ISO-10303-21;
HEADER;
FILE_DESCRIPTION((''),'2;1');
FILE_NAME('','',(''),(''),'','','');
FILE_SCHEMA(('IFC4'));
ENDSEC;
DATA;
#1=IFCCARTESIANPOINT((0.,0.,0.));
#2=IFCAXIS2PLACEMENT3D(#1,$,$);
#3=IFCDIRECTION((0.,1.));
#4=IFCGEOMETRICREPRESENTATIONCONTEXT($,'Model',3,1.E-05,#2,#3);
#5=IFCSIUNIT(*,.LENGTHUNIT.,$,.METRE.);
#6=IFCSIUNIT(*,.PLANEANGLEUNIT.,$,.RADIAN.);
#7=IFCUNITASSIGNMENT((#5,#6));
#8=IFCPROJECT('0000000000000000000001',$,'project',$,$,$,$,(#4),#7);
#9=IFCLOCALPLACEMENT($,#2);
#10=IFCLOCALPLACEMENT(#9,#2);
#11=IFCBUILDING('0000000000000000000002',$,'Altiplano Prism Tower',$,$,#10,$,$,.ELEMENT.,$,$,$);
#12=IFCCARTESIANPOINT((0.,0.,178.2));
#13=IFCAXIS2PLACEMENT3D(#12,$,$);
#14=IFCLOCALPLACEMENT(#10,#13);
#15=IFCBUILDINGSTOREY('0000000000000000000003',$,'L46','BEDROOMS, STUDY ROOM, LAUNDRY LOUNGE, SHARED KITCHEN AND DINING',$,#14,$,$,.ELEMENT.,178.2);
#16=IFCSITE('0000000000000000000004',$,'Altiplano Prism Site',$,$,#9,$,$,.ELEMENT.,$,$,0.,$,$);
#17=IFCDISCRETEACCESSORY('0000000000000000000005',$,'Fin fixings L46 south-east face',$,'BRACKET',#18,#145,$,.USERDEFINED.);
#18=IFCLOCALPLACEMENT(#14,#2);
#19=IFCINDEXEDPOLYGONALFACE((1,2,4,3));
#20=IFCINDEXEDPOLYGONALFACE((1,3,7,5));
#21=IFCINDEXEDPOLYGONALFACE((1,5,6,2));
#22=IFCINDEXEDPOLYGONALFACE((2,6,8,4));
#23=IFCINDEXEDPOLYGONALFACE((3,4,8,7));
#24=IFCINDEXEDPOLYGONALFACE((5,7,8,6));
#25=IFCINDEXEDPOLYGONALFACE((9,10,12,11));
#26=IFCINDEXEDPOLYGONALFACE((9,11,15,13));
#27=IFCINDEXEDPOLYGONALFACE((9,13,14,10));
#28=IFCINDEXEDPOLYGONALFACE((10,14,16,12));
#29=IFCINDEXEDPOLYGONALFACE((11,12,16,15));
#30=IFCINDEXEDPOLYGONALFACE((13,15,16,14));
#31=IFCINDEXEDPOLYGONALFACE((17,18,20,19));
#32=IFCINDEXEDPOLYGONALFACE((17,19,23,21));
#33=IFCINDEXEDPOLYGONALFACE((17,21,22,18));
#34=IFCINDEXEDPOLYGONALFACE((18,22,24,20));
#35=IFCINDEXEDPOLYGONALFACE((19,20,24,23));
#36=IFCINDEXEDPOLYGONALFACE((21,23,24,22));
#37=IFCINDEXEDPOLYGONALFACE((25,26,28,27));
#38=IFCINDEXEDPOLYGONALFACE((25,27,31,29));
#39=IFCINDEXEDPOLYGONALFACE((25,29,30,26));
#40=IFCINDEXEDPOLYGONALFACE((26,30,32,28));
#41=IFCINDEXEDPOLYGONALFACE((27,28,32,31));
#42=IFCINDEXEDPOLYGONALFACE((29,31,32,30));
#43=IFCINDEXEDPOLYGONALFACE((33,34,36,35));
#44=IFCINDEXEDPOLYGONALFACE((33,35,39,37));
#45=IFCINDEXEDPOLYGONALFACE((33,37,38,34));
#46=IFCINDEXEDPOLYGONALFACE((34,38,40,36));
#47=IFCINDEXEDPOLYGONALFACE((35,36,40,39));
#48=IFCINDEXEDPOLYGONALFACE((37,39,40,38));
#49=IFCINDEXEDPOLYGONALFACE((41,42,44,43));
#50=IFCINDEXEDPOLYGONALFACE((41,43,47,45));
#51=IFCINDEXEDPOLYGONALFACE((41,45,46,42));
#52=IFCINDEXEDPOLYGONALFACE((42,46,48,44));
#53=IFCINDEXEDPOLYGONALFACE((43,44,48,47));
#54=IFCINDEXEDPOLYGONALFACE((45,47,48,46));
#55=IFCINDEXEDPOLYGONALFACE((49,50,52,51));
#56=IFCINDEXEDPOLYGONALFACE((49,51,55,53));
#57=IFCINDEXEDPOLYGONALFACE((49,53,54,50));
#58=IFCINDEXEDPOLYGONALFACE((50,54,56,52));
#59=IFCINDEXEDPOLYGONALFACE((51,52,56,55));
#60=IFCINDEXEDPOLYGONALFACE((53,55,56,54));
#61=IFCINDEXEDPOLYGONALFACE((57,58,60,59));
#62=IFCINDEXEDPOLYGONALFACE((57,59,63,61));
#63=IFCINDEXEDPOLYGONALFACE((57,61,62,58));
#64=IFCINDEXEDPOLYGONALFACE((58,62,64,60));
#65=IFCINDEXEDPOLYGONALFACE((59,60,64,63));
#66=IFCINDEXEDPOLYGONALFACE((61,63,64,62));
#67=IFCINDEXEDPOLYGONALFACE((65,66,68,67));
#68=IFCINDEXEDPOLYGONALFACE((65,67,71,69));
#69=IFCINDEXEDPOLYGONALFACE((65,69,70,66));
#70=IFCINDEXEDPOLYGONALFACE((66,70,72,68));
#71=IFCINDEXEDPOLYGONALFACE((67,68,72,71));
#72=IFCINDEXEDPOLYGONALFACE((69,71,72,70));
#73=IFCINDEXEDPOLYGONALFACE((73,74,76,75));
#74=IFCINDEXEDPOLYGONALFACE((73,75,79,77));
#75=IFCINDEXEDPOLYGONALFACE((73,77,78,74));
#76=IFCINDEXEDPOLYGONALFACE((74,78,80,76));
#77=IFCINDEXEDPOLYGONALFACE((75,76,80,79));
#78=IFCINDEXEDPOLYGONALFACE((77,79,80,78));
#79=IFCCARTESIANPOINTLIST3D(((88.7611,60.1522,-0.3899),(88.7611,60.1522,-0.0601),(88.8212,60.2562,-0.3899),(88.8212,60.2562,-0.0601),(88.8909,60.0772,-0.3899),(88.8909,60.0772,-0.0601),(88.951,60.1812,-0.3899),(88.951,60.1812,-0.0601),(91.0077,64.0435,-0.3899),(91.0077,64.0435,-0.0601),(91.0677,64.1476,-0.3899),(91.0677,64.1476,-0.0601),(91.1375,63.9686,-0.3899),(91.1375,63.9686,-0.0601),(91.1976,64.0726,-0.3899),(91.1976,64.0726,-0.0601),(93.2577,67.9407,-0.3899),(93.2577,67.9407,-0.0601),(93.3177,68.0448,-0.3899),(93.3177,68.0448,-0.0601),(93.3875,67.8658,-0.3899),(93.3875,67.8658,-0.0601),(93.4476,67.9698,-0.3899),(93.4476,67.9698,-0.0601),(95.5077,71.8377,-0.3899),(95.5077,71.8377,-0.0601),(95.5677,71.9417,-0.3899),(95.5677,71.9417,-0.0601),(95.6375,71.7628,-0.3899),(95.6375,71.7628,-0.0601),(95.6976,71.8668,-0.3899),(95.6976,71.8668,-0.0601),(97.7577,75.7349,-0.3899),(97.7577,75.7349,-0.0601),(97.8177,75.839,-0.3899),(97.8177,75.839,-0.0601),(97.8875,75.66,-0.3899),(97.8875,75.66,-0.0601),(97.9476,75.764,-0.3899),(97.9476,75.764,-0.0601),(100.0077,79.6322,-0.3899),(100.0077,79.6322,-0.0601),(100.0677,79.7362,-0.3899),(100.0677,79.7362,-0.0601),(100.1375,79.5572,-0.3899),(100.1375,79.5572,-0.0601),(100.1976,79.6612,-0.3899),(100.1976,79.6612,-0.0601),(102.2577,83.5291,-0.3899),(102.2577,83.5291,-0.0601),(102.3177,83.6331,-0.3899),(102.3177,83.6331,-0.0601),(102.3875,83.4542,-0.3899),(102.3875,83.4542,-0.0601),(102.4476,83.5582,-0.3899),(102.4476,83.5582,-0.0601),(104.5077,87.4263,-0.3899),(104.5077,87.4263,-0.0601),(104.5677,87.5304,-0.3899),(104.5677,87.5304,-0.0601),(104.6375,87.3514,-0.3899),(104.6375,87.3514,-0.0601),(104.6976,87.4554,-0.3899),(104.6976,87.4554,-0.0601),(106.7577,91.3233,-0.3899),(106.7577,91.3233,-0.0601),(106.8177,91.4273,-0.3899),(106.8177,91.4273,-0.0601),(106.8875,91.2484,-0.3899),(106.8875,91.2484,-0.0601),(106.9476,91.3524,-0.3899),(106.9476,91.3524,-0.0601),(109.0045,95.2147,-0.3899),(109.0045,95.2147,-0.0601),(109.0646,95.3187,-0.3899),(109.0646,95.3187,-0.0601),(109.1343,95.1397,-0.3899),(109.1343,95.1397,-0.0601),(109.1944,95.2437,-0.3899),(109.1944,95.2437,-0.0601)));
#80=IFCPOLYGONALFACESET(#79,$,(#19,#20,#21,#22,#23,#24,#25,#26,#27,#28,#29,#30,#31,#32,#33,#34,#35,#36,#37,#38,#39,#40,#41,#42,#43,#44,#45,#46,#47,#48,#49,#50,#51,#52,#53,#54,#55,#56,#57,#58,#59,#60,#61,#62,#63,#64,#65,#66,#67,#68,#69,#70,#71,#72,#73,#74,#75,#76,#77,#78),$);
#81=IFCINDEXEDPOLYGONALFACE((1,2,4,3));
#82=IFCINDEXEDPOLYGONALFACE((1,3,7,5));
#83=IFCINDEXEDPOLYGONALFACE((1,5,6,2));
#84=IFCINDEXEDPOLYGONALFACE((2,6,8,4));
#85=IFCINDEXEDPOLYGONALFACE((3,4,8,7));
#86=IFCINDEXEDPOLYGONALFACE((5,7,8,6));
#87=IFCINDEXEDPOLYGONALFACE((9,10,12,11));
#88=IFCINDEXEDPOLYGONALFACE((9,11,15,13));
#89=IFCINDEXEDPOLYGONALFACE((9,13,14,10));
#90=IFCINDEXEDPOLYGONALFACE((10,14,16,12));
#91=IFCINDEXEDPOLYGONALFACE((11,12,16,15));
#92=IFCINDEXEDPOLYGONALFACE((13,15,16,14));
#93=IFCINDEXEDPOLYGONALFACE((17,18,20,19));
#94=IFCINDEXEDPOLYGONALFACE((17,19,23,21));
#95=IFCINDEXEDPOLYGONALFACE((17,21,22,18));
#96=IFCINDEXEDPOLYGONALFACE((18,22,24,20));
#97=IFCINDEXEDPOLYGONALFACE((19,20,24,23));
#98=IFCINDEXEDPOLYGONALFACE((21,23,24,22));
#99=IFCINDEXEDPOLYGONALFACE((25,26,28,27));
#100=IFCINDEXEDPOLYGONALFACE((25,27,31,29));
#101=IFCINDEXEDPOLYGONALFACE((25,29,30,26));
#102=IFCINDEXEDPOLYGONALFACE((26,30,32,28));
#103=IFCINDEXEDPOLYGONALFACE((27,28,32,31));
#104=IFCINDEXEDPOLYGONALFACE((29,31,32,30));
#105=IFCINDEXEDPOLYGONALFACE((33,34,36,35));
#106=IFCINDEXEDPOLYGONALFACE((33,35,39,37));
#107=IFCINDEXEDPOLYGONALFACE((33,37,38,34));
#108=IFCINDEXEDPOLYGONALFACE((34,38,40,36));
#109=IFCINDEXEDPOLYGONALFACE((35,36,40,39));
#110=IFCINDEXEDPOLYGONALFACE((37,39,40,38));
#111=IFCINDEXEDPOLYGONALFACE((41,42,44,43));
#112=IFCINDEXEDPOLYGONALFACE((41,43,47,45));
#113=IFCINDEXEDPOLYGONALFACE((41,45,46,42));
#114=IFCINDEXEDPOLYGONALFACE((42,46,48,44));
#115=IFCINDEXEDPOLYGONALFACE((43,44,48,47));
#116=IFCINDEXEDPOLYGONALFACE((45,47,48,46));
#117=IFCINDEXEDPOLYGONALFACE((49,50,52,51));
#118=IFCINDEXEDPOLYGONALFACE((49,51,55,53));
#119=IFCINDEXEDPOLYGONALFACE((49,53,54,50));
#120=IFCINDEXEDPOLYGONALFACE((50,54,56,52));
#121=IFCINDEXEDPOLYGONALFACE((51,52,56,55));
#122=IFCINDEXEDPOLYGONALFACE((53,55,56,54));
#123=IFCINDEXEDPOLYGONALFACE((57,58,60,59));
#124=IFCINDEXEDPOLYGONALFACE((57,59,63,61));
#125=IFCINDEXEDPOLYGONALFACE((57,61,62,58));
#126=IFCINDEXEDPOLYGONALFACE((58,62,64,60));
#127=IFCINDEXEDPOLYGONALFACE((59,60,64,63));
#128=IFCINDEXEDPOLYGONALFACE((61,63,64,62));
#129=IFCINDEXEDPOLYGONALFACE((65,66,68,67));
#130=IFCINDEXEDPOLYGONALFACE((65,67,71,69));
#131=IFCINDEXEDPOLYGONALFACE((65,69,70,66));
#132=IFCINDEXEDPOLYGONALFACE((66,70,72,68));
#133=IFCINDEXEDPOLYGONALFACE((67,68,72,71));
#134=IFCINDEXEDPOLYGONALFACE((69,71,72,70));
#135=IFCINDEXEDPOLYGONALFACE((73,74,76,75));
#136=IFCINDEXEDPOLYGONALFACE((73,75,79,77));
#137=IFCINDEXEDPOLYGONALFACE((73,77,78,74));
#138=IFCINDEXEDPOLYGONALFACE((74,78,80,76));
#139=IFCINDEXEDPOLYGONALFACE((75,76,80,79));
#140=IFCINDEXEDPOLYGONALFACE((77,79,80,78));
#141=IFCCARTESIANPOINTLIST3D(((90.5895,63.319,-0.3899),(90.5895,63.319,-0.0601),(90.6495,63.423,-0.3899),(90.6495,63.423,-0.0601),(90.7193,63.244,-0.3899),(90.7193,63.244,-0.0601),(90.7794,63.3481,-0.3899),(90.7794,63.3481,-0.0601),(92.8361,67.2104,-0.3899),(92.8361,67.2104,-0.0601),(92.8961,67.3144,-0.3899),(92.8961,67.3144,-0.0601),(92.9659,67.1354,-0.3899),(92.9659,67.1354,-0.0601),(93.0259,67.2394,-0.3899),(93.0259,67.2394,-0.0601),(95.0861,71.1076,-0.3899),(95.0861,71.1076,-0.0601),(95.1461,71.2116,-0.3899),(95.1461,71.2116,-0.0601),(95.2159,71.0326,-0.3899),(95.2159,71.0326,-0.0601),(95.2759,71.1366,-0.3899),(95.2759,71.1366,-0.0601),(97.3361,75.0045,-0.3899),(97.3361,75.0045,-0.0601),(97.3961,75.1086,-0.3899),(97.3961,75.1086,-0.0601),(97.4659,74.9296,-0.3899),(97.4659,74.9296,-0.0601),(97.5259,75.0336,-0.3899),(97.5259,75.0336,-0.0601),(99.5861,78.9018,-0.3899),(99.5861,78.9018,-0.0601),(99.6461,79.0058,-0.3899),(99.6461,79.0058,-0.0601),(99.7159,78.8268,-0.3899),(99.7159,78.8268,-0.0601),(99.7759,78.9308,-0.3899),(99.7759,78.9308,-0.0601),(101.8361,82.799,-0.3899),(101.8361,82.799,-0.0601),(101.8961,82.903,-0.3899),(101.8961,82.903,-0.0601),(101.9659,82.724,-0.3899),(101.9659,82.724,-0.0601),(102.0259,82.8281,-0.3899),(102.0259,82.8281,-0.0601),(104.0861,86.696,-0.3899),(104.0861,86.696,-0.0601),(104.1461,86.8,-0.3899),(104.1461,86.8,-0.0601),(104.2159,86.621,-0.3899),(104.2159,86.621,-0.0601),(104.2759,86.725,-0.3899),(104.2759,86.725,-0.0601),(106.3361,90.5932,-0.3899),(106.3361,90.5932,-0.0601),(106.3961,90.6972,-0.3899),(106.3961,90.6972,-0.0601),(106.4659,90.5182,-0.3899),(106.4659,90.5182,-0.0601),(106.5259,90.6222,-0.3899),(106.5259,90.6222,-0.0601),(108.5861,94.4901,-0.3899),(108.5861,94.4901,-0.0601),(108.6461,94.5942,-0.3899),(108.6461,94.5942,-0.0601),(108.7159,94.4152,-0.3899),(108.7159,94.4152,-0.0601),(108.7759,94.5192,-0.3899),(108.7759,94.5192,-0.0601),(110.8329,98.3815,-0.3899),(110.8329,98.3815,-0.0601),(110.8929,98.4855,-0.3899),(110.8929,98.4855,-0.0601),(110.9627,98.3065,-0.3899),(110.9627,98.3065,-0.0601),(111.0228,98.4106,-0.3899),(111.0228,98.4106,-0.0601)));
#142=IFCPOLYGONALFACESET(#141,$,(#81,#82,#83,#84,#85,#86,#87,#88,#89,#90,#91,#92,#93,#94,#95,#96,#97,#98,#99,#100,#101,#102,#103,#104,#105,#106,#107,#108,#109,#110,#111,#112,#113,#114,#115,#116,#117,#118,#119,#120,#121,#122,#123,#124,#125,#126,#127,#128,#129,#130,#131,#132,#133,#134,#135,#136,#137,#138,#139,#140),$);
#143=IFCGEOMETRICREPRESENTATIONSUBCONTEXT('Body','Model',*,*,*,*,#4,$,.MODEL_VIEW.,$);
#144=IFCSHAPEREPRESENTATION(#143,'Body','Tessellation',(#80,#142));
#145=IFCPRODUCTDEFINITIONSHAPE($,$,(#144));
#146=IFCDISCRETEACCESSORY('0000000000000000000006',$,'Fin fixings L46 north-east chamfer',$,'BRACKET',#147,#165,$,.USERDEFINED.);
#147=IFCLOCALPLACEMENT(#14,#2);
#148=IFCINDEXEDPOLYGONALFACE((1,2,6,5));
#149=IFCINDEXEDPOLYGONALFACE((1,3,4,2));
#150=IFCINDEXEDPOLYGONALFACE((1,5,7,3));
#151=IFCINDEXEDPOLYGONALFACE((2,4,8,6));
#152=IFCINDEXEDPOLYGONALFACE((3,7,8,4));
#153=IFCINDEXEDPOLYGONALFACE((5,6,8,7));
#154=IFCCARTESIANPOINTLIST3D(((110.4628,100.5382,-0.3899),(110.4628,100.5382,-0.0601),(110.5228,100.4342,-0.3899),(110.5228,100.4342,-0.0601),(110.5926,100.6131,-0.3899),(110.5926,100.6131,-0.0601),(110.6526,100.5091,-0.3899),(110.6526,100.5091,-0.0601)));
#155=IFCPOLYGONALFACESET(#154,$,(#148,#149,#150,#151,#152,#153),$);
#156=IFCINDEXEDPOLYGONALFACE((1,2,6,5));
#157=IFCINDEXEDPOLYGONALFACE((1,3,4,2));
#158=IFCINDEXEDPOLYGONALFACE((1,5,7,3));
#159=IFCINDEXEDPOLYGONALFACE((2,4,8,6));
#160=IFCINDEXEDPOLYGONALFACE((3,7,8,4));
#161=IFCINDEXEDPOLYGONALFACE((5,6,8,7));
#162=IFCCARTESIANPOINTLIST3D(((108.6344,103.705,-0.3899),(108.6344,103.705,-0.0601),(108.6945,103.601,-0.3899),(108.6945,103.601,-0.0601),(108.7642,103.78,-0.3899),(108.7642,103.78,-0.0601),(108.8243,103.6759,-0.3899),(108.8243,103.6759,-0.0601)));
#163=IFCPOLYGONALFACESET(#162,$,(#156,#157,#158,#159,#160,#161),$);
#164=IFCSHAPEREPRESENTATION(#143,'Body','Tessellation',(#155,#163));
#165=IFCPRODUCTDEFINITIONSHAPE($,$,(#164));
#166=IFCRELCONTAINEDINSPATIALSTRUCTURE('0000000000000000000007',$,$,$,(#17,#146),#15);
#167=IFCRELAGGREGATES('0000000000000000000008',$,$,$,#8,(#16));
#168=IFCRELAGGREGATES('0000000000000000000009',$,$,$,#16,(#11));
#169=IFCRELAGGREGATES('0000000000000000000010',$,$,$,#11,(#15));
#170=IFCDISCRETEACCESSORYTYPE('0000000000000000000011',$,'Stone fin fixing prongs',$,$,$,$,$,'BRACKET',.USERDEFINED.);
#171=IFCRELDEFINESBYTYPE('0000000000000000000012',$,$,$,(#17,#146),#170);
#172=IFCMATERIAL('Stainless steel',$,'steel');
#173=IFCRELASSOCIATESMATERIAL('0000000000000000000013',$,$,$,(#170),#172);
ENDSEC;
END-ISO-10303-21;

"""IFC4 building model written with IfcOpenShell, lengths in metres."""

from ifc_helpers import new_model, si_unit, direction, frame, origin, place, context, subcontext, project, spatial, polyline, outline, extrude, source, transform, mapped, material, type_object, element, save


model = new_model("IFC4")

# Units and contexts
model_context = context("Model", 3, precision=1e-05, world=origin(), true_north=direction((0.0, 1.0)))
body_context = subcontext(model_context, "Body", "Model", "MODEL_VIEW")
ifc_project = project(units=[si_unit("LENGTHUNIT", "METRE"), si_unit("PLANEANGLEUNIT", "RADIAN")], contexts=[model_context])

# Site, building, storey
site_placement = place(None, origin())
site = spatial("IfcSite", under=ifc_project, at=site_placement, Name="Altiplano Prism Site", CompositionType="ELEMENT", RefElevation=0.0)
building_placement = place(site_placement, origin())
building = spatial("IfcBuilding", under=site, at=building_placement, Name="Altiplano Prism Tower", CompositionType="ELEMENT")
storey_placement = place(building_placement, frame((0.0, 0.0, 178.2)))
storey = spatial("IfcBuildingStorey", under=building, at=storey_placement, Name="L46", Description="BEDROOMS, STUDY ROOM, LAUNDRY LOUNGE, SHARED KITCHEN AND DINING", CompositionType="ELEMENT", Elevation=178.2)

# Discrete accessories
ifc_material_1 = material(Name="Stainless steel", Category="steel")
discrete_accessory_type = type_object("IfcDiscreteAccessoryType", Name="Stone fin fixing prongs", ElementType="BRACKET", PredefinedType="USERDEFINED", material=ifc_material_1)
shared_shape_1 = source(origin(), body_context, "Body", "SweptSolid", [
    extrude(outline(polyline([(-1.8884, 0.0601), (-1.7683, 0.0601), (-1.7683, 0.3899), (-1.8884, 0.3899), (-1.8884, 0.0601)])), frame((0.0, 0.0, 0.0), z_axis=(0.0, -1.0, 0.0), x_axis=(1.0, 0.0, 0.0)), (0.0, 0.0, 1.0), 0.1499),
    extrude(outline(polyline([(1.7683, 0.0601), (1.8884, 0.0601), (1.8884, 0.3899), (1.7683, 0.3899), (1.7683, 0.0601)])), frame((0.0, 0.0, 0.0), z_axis=(0.0, -1.0, 0.0), x_axis=(1.0, 0.0, 0.0)), (0.0, 0.0, 1.0), 0.1499),
])
shared_shape_2 = source(origin(), body_context, "Body", "SweptSolid", [
    extrude(outline(polyline([(-1.8884, 0.0601), (-1.7683, 0.0601), (-1.7683, 0.3899), (-1.8884, 0.3899), (-1.8884, 0.0601)])), frame((0.0, 0.0, 0.0), z_axis=(0.0, -1.0, 0.0), x_axis=(1.0, 0.0, 0.0)), (0.0, 0.0, 1.0), 0.1499),
    extrude(outline(polyline([(1.7683, 0.0601), (1.8884, 0.0601), (1.8884, 0.3899), (1.7683, 0.3899), (1.7683, 0.0601)])), frame((0.0, 0.0, 0.0), z_axis=(0.0, -1.0, 0.0), x_axis=(1.0, 0.0, 0.0)), (0.0, 0.0, 1.0), 0.1499),
])
discrete_accessory_1_placement = place(storey_placement, origin())
element("IfcDiscreteAccessory", 1, at=discrete_accessory_1_placement, inside=storey, type_object=discrete_accessory_type, Name="Fin fixings L46 south-east face", ObjectType="BRACKET", PredefinedType="USERDEFINED", context=body_context, shape_type="MappedRepresentation", body=[
    mapped(shared_shape_1, transform((89.7053, 61.7876, -0.45), x_axis=(0.5, 0.866025, 0.0), y_axis=(-0.866025, 0.5, 0.0), z_axis=(0.0, 0.0, 1.0))),
    mapped(shared_shape_2, transform((91.9519, 65.679, -0.45), x_axis=(0.5, 0.866025, 0.0), y_axis=(-0.866025, 0.5, 0.0), z_axis=(0.0, 0.0, 1.0))),
    mapped(shared_shape_2, transform((94.2019, 69.5762, -0.45), x_axis=(0.5, 0.866025, 0.0), y_axis=(-0.866025, 0.5, 0.0), z_axis=(0.0, 0.0, 1.0))),
    mapped(shared_shape_2, transform((96.4519, 73.4731, -0.45), x_axis=(0.5, 0.866025, 0.0), y_axis=(-0.866025, 0.5, 0.0), z_axis=(0.0, 0.0, 1.0))),
    mapped(shared_shape_2, transform((98.7019, 77.3704, -0.45), x_axis=(0.5, 0.866025, 0.0), y_axis=(-0.866025, 0.5, 0.0), z_axis=(0.0, 0.0, 1.0))),
    mapped(shared_shape_2, transform((100.9519, 81.2676, -0.45), x_axis=(0.5, 0.866025, 0.0), y_axis=(-0.866025, 0.5, 0.0), z_axis=(0.0, 0.0, 1.0))),
    mapped(shared_shape_2, transform((103.2019, 85.1646, -0.45), x_axis=(0.5, 0.866025, 0.0), y_axis=(-0.866025, 0.5, 0.0), z_axis=(0.0, 0.0, 1.0))),
    mapped(shared_shape_2, transform((105.4519, 89.0618, -0.45), x_axis=(0.5, 0.866025, 0.0), y_axis=(-0.866025, 0.5, 0.0), z_axis=(0.0, 0.0, 1.0))),
    mapped(shared_shape_2, transform((107.7019, 92.9587, -0.45), x_axis=(0.5, 0.866025, 0.0), y_axis=(-0.866025, 0.5, 0.0), z_axis=(0.0, 0.0, 1.0))),
    mapped(shared_shape_1, transform((109.9487, 96.8501, -0.45), x_axis=(0.5, 0.866025, 0.0), y_axis=(-0.866025, 0.5, 0.0), z_axis=(0.0, 0.0, 1.0))),
])
shared_shape_3 = source(origin(), body_context, "Body", "SweptSolid", [
    extrude(outline(polyline([(-1.8884, 0.0601), (-1.7683, 0.0601), (-1.7683, 0.3899), (-1.8884, 0.3899), (-1.8884, 0.0601)])), frame((0.0, 0.0, 0.0), z_axis=(0.0, -1.0, 0.0), x_axis=(1.0, 0.0, 0.0)), (0.0, 0.0, 1.0), 0.1499),
    extrude(outline(polyline([(1.7683, 0.0601), (1.8884, 0.0601), (1.8884, 0.3899), (1.7683, 0.3899), (1.7683, 0.0601)])), frame((0.0, 0.0, 0.0), z_axis=(0.0, -1.0, 0.0), x_axis=(1.0, 0.0, 0.0)), (0.0, 0.0, 1.0), 0.1499),
])
discrete_accessory_2_placement = place(storey_placement, origin())
element("IfcDiscreteAccessory", 2, at=discrete_accessory_2_placement, inside=storey, type_object=discrete_accessory_type, Name="Fin fixings L46 north-east chamfer", ObjectType="BRACKET", PredefinedType="USERDEFINED", context=body_context, shape_type="MappedRepresentation", body=[
    mapped(shared_shape_3, transform((109.5786, 102.0696, -0.45), x_axis=(-0.5, 0.866025, 0.0), y_axis=(-0.866025, -0.5, 0.0), z_axis=(0.0, 0.0, 1.0))),
])

save(model, "model.ifc")
